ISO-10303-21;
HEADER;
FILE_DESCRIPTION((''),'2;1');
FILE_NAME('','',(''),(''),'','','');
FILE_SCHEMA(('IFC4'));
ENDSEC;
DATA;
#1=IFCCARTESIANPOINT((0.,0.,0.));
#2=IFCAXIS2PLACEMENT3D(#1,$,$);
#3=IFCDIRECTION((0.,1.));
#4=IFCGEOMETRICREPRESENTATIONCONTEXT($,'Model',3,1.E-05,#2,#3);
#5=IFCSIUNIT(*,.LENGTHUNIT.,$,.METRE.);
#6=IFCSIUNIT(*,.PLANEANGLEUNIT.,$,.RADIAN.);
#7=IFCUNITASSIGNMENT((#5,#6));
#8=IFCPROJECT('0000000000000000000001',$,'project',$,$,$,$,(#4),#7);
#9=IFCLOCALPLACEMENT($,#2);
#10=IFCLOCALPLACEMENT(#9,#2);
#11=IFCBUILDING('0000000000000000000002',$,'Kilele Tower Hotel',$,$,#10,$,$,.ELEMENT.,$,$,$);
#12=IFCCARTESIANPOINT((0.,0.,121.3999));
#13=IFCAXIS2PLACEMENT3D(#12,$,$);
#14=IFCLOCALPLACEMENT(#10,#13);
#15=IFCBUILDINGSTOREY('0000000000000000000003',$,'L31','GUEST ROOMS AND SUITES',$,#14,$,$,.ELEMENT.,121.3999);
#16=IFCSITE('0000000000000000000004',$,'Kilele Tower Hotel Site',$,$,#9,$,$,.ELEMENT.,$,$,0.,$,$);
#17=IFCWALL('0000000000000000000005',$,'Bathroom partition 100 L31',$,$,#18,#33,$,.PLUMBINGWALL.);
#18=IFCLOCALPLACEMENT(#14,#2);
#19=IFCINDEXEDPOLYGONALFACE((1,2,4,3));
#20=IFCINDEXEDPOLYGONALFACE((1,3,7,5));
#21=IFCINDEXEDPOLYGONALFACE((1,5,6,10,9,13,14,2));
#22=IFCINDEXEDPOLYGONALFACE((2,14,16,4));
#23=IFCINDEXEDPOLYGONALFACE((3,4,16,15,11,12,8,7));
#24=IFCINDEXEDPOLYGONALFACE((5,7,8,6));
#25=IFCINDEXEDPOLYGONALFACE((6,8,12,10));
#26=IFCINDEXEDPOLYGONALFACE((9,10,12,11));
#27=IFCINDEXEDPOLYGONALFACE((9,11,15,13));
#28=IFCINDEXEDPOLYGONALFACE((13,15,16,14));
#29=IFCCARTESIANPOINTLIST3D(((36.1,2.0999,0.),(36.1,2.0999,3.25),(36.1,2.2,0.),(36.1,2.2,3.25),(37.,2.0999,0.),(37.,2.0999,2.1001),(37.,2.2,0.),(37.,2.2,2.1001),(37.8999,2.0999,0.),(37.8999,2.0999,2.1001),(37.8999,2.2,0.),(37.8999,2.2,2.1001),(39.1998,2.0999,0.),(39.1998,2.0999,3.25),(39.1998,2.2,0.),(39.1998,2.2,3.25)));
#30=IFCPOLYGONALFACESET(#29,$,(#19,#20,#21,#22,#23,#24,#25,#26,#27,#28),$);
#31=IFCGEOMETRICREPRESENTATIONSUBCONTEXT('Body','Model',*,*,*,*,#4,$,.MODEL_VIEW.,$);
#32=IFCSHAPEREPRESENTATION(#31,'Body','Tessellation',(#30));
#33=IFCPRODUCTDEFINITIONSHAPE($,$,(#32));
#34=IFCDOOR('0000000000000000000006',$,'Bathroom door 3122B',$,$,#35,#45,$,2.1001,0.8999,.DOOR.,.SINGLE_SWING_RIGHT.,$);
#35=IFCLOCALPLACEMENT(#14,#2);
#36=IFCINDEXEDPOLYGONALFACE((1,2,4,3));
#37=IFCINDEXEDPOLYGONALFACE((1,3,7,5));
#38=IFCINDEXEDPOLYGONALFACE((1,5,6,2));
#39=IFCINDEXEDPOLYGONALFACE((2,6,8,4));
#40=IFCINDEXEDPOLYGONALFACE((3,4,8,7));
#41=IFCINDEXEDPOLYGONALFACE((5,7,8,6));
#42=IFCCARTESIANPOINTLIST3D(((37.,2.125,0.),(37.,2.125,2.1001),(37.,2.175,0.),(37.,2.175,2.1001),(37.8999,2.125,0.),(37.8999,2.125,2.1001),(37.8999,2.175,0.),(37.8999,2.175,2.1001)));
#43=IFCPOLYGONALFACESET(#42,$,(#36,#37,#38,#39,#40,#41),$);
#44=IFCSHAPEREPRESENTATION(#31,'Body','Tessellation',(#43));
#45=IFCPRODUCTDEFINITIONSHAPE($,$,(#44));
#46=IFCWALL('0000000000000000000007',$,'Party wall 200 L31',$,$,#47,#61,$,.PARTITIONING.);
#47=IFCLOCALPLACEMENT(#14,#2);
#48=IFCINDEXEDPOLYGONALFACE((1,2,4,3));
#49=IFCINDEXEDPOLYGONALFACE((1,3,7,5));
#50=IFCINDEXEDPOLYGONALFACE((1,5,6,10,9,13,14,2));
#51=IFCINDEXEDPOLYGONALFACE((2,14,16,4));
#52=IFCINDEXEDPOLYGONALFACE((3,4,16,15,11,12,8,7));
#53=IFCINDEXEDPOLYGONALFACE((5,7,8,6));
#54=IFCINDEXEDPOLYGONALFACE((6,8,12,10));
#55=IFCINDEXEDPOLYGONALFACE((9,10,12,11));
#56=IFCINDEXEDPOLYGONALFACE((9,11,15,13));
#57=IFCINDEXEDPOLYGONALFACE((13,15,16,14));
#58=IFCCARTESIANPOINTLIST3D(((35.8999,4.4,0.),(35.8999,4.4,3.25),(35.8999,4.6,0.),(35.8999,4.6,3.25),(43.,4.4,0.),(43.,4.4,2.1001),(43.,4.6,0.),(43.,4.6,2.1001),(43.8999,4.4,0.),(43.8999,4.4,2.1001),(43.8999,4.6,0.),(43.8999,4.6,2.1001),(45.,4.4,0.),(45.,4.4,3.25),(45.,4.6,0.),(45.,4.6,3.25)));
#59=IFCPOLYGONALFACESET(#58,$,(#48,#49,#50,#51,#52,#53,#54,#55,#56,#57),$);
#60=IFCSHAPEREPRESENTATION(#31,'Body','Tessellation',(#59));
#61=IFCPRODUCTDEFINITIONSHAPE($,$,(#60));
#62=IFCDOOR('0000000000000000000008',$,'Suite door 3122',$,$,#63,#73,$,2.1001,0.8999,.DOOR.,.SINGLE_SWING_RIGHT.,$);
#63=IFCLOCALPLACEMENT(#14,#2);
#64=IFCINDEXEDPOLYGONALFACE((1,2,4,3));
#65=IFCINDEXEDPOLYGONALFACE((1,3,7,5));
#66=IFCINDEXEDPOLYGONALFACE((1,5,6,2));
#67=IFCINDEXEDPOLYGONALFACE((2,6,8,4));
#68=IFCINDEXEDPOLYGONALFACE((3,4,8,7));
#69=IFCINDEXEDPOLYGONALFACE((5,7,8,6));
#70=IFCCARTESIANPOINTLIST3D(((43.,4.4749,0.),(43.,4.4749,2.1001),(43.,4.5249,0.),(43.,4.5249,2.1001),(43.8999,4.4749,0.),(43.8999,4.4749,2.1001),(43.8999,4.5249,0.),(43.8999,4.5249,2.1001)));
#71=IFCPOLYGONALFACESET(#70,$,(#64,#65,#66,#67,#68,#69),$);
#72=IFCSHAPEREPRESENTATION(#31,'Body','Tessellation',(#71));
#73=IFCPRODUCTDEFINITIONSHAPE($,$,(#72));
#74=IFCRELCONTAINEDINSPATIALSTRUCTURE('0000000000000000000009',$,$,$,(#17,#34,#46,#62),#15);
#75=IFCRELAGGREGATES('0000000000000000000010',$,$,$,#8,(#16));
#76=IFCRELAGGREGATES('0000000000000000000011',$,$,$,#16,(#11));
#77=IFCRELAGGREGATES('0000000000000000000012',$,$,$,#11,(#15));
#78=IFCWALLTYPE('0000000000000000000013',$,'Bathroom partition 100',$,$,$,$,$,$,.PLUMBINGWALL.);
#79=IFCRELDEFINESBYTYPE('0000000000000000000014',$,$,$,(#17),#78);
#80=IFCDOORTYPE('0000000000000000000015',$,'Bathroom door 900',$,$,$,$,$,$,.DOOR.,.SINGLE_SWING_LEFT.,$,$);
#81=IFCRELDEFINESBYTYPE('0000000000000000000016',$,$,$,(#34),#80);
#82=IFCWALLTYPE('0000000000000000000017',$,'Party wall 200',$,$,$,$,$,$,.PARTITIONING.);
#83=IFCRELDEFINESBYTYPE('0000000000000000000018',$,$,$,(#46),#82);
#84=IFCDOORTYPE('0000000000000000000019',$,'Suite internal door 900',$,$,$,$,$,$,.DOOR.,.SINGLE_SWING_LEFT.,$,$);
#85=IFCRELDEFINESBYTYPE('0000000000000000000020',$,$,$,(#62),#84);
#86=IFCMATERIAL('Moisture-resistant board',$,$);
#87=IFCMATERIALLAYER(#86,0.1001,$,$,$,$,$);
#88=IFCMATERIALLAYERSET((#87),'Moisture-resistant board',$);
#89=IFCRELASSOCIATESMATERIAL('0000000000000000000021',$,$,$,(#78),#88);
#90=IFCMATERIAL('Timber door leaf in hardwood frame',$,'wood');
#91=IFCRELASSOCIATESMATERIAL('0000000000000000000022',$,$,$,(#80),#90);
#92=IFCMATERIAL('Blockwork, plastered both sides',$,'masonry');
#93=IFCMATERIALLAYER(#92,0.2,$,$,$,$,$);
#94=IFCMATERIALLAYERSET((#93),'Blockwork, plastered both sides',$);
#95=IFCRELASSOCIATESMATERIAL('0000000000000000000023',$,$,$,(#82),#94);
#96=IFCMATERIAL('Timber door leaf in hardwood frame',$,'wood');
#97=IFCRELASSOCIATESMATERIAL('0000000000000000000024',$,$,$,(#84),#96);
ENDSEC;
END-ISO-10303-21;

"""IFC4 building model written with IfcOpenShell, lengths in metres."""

from ifc_helpers import new_model, si_unit, direction, frame, frame_2d, origin, place, context, subcontext, project, spatial, rectangle, extrude, material, layer, layer_set, type_object, element, fill, save


model = new_model("IFC4")

# Units and contexts
model_context = context("Model", 3, precision=1e-05, world=origin(), true_north=direction((0.0, 1.0)))
body_context = subcontext(model_context, "Body", "Model", "MODEL_VIEW")
ifc_project = project(units=[si_unit("LENGTHUNIT", "METRE"), si_unit("PLANEANGLEUNIT", "RADIAN")], contexts=[model_context])

# Site, building, storey
site_placement = place(None, origin())
site = spatial("IfcSite", under=ifc_project, at=site_placement, Name="Kilele Tower Hotel Site", CompositionType="ELEMENT", RefElevation=0.0)
building_placement = place(site_placement, origin())
building = spatial("IfcBuilding", under=site, at=building_placement, Name="Kilele Tower Hotel", CompositionType="ELEMENT")
storey_placement = place(building_placement, frame((0.0, 0.0, 121.3999)))
storey = spatial("IfcBuildingStorey", under=building, at=storey_placement, Name="L31", Description="GUEST ROOMS AND SUITES", CompositionType="ELEMENT", Elevation=121.3999)

# Shared definitions
ifc_material_1 = material(Name="Moisture-resistant board")
ifc_layer_1 = layer(ifc_material_1, 0.1001)
ifc_layer_set_1 = layer_set([ifc_layer_1], Name="Moisture-resistant board")
wall_type_1 = type_object("IfcWallType", Name="Bathroom partition 100", PredefinedType="PLUMBINGWALL", material=ifc_layer_set_1)

# Walls, openings, doors
ifc_material_2 = material(Name="Timber door leaf in hardwood frame", Category="wood")
door_type_1 = type_object("IfcDoorType", Name="Bathroom door 900", OperationType="SINGLE_SWING_LEFT", PredefinedType="DOOR", material=ifc_material_2)
wall_1_placement = place(storey_placement, frame((36.1001, 2.1499, 0.0), z_axis=(0.0, 0.0, 1.0), x_axis=(1.0, 0.0, 0.0)))
wall_1 = element("IfcWall", 1, at=wall_1_placement, inside=storey, type_object=wall_type_1, Name="Bathroom partition 100 L31", PredefinedType="PLUMBINGWALL", context=body_context, shape_type="SweptSolid", body=[
    extrude(rectangle(XDim=3.0999, YDim=0.1001, at=frame_2d((1.5498, 0.0))), origin(), (0.0, 0.0, 1.0), 3.25),
])
opening_1_placement = place(wall_1_placement, frame((1.7998, 0.0, 0.0), z_axis=(0.0, 0.0, 1.0), x_axis=(-1.0, 0.0, 0.0)))
opening_1 = element("IfcOpeningElement", 2, at=opening_1_placement, cuts=wall_1, PredefinedType="OPENING", context=body_context, shape_type="SweptSolid", body=[
    extrude(rectangle(XDim=0.8999, YDim=2.1001, at=frame_2d((0.45, 1.05))), frame((0.0, 0.0601, 0.0), z_axis=(0.0, -1.0, 0.0), x_axis=(1.0, 0.0, 0.0)), (0.0, 0.0, 1.0), 0.1201),
])
door_1_placement = place(opening_1_placement, origin())
door_1 = element("IfcDoor", 3, at=door_1_placement, inside=storey, type_object=door_type_1, Name="Bathroom door 3122B", OperationType="SINGLE_SWING_RIGHT", OverallHeight=2.1001, OverallWidth=0.8999, PredefinedType="DOOR", context=body_context, shape_type="SweptSolid", body=[
    extrude(rectangle(XDim=0.8999, YDim=2.1001, at=frame_2d((0.45, 1.05))), frame((0.0, 0.0249, 0.0), z_axis=(0.0, -1.0, 0.0), x_axis=(1.0, 0.0, 0.0)), (0.0, 0.0, 1.0), 0.05),
])
fill(opening_1, door_1)
ifc_material_3 = material(Name="Blockwork, plastered both sides", Category="masonry")
ifc_layer_2 = layer(ifc_material_3, 0.2)
ifc_layer_set_2 = layer_set([ifc_layer_2], Name="Blockwork, plastered both sides")
wall_type_2 = type_object("IfcWallType", Name="Party wall 200", PredefinedType="PARTITIONING", material=ifc_layer_set_2)
wall_2_placement = place(storey_placement, frame((35.8999, 4.5, 0.0), z_axis=(0.0, 0.0, 1.0), x_axis=(1.0, 0.0, 0.0)))
wall_2 = element("IfcWall", 4, at=wall_2_placement, inside=storey, type_object=wall_type_2, Name="Party wall 200 L31", PredefinedType="PARTITIONING", context=body_context, shape_type="SweptSolid", body=[
    extrude(rectangle(XDim=9.1001, YDim=0.2, at=frame_2d((4.55, 0.0))), origin(), (0.0, 0.0, 1.0), 3.25),
])
opening_2_placement = place(wall_2_placement, frame((7.1001, 0.0, 0.0)))
opening_2 = element("IfcOpeningElement", 5, at=opening_2_placement, cuts=wall_2, PredefinedType="OPENING", context=body_context, shape_type="SweptSolid", body=[
    extrude(rectangle(XDim=0.8999, YDim=2.1001, at=frame_2d((0.45, 1.05))), frame((0.0, 0.1099, 0.0), z_axis=(0.0, -1.0, 0.0), x_axis=(1.0, 0.0, 0.0)), (0.0, 0.0, 1.0), 0.22),
])
ifc_material_4 = material(Name="Timber door leaf in hardwood frame", Category="wood")
door_type_2 = type_object("IfcDoorType", Name="Suite internal door 900", OperationType="SINGLE_SWING_LEFT", PredefinedType="DOOR", material=ifc_material_4)
door_2_placement = place(opening_2_placement, origin())
door_2 = element("IfcDoor", 6, at=door_2_placement, inside=storey, type_object=door_type_2, Name="Suite door 3122", OperationType="SINGLE_SWING_RIGHT", OverallHeight=2.1001, OverallWidth=0.8999, PredefinedType="DOOR", context=body_context, shape_type="SweptSolid", body=[
    extrude(rectangle(XDim=0.8999, YDim=2.1001, at=frame_2d((0.45, 1.05))), frame((0.0, 0.0249, 0.0), z_axis=(0.0, -1.0, 0.0), x_axis=(1.0, 0.0, 0.0)), (0.0, 0.0, 1.0), 0.05),
])
fill(opening_2, door_2)

save(model, "model.ifc")
